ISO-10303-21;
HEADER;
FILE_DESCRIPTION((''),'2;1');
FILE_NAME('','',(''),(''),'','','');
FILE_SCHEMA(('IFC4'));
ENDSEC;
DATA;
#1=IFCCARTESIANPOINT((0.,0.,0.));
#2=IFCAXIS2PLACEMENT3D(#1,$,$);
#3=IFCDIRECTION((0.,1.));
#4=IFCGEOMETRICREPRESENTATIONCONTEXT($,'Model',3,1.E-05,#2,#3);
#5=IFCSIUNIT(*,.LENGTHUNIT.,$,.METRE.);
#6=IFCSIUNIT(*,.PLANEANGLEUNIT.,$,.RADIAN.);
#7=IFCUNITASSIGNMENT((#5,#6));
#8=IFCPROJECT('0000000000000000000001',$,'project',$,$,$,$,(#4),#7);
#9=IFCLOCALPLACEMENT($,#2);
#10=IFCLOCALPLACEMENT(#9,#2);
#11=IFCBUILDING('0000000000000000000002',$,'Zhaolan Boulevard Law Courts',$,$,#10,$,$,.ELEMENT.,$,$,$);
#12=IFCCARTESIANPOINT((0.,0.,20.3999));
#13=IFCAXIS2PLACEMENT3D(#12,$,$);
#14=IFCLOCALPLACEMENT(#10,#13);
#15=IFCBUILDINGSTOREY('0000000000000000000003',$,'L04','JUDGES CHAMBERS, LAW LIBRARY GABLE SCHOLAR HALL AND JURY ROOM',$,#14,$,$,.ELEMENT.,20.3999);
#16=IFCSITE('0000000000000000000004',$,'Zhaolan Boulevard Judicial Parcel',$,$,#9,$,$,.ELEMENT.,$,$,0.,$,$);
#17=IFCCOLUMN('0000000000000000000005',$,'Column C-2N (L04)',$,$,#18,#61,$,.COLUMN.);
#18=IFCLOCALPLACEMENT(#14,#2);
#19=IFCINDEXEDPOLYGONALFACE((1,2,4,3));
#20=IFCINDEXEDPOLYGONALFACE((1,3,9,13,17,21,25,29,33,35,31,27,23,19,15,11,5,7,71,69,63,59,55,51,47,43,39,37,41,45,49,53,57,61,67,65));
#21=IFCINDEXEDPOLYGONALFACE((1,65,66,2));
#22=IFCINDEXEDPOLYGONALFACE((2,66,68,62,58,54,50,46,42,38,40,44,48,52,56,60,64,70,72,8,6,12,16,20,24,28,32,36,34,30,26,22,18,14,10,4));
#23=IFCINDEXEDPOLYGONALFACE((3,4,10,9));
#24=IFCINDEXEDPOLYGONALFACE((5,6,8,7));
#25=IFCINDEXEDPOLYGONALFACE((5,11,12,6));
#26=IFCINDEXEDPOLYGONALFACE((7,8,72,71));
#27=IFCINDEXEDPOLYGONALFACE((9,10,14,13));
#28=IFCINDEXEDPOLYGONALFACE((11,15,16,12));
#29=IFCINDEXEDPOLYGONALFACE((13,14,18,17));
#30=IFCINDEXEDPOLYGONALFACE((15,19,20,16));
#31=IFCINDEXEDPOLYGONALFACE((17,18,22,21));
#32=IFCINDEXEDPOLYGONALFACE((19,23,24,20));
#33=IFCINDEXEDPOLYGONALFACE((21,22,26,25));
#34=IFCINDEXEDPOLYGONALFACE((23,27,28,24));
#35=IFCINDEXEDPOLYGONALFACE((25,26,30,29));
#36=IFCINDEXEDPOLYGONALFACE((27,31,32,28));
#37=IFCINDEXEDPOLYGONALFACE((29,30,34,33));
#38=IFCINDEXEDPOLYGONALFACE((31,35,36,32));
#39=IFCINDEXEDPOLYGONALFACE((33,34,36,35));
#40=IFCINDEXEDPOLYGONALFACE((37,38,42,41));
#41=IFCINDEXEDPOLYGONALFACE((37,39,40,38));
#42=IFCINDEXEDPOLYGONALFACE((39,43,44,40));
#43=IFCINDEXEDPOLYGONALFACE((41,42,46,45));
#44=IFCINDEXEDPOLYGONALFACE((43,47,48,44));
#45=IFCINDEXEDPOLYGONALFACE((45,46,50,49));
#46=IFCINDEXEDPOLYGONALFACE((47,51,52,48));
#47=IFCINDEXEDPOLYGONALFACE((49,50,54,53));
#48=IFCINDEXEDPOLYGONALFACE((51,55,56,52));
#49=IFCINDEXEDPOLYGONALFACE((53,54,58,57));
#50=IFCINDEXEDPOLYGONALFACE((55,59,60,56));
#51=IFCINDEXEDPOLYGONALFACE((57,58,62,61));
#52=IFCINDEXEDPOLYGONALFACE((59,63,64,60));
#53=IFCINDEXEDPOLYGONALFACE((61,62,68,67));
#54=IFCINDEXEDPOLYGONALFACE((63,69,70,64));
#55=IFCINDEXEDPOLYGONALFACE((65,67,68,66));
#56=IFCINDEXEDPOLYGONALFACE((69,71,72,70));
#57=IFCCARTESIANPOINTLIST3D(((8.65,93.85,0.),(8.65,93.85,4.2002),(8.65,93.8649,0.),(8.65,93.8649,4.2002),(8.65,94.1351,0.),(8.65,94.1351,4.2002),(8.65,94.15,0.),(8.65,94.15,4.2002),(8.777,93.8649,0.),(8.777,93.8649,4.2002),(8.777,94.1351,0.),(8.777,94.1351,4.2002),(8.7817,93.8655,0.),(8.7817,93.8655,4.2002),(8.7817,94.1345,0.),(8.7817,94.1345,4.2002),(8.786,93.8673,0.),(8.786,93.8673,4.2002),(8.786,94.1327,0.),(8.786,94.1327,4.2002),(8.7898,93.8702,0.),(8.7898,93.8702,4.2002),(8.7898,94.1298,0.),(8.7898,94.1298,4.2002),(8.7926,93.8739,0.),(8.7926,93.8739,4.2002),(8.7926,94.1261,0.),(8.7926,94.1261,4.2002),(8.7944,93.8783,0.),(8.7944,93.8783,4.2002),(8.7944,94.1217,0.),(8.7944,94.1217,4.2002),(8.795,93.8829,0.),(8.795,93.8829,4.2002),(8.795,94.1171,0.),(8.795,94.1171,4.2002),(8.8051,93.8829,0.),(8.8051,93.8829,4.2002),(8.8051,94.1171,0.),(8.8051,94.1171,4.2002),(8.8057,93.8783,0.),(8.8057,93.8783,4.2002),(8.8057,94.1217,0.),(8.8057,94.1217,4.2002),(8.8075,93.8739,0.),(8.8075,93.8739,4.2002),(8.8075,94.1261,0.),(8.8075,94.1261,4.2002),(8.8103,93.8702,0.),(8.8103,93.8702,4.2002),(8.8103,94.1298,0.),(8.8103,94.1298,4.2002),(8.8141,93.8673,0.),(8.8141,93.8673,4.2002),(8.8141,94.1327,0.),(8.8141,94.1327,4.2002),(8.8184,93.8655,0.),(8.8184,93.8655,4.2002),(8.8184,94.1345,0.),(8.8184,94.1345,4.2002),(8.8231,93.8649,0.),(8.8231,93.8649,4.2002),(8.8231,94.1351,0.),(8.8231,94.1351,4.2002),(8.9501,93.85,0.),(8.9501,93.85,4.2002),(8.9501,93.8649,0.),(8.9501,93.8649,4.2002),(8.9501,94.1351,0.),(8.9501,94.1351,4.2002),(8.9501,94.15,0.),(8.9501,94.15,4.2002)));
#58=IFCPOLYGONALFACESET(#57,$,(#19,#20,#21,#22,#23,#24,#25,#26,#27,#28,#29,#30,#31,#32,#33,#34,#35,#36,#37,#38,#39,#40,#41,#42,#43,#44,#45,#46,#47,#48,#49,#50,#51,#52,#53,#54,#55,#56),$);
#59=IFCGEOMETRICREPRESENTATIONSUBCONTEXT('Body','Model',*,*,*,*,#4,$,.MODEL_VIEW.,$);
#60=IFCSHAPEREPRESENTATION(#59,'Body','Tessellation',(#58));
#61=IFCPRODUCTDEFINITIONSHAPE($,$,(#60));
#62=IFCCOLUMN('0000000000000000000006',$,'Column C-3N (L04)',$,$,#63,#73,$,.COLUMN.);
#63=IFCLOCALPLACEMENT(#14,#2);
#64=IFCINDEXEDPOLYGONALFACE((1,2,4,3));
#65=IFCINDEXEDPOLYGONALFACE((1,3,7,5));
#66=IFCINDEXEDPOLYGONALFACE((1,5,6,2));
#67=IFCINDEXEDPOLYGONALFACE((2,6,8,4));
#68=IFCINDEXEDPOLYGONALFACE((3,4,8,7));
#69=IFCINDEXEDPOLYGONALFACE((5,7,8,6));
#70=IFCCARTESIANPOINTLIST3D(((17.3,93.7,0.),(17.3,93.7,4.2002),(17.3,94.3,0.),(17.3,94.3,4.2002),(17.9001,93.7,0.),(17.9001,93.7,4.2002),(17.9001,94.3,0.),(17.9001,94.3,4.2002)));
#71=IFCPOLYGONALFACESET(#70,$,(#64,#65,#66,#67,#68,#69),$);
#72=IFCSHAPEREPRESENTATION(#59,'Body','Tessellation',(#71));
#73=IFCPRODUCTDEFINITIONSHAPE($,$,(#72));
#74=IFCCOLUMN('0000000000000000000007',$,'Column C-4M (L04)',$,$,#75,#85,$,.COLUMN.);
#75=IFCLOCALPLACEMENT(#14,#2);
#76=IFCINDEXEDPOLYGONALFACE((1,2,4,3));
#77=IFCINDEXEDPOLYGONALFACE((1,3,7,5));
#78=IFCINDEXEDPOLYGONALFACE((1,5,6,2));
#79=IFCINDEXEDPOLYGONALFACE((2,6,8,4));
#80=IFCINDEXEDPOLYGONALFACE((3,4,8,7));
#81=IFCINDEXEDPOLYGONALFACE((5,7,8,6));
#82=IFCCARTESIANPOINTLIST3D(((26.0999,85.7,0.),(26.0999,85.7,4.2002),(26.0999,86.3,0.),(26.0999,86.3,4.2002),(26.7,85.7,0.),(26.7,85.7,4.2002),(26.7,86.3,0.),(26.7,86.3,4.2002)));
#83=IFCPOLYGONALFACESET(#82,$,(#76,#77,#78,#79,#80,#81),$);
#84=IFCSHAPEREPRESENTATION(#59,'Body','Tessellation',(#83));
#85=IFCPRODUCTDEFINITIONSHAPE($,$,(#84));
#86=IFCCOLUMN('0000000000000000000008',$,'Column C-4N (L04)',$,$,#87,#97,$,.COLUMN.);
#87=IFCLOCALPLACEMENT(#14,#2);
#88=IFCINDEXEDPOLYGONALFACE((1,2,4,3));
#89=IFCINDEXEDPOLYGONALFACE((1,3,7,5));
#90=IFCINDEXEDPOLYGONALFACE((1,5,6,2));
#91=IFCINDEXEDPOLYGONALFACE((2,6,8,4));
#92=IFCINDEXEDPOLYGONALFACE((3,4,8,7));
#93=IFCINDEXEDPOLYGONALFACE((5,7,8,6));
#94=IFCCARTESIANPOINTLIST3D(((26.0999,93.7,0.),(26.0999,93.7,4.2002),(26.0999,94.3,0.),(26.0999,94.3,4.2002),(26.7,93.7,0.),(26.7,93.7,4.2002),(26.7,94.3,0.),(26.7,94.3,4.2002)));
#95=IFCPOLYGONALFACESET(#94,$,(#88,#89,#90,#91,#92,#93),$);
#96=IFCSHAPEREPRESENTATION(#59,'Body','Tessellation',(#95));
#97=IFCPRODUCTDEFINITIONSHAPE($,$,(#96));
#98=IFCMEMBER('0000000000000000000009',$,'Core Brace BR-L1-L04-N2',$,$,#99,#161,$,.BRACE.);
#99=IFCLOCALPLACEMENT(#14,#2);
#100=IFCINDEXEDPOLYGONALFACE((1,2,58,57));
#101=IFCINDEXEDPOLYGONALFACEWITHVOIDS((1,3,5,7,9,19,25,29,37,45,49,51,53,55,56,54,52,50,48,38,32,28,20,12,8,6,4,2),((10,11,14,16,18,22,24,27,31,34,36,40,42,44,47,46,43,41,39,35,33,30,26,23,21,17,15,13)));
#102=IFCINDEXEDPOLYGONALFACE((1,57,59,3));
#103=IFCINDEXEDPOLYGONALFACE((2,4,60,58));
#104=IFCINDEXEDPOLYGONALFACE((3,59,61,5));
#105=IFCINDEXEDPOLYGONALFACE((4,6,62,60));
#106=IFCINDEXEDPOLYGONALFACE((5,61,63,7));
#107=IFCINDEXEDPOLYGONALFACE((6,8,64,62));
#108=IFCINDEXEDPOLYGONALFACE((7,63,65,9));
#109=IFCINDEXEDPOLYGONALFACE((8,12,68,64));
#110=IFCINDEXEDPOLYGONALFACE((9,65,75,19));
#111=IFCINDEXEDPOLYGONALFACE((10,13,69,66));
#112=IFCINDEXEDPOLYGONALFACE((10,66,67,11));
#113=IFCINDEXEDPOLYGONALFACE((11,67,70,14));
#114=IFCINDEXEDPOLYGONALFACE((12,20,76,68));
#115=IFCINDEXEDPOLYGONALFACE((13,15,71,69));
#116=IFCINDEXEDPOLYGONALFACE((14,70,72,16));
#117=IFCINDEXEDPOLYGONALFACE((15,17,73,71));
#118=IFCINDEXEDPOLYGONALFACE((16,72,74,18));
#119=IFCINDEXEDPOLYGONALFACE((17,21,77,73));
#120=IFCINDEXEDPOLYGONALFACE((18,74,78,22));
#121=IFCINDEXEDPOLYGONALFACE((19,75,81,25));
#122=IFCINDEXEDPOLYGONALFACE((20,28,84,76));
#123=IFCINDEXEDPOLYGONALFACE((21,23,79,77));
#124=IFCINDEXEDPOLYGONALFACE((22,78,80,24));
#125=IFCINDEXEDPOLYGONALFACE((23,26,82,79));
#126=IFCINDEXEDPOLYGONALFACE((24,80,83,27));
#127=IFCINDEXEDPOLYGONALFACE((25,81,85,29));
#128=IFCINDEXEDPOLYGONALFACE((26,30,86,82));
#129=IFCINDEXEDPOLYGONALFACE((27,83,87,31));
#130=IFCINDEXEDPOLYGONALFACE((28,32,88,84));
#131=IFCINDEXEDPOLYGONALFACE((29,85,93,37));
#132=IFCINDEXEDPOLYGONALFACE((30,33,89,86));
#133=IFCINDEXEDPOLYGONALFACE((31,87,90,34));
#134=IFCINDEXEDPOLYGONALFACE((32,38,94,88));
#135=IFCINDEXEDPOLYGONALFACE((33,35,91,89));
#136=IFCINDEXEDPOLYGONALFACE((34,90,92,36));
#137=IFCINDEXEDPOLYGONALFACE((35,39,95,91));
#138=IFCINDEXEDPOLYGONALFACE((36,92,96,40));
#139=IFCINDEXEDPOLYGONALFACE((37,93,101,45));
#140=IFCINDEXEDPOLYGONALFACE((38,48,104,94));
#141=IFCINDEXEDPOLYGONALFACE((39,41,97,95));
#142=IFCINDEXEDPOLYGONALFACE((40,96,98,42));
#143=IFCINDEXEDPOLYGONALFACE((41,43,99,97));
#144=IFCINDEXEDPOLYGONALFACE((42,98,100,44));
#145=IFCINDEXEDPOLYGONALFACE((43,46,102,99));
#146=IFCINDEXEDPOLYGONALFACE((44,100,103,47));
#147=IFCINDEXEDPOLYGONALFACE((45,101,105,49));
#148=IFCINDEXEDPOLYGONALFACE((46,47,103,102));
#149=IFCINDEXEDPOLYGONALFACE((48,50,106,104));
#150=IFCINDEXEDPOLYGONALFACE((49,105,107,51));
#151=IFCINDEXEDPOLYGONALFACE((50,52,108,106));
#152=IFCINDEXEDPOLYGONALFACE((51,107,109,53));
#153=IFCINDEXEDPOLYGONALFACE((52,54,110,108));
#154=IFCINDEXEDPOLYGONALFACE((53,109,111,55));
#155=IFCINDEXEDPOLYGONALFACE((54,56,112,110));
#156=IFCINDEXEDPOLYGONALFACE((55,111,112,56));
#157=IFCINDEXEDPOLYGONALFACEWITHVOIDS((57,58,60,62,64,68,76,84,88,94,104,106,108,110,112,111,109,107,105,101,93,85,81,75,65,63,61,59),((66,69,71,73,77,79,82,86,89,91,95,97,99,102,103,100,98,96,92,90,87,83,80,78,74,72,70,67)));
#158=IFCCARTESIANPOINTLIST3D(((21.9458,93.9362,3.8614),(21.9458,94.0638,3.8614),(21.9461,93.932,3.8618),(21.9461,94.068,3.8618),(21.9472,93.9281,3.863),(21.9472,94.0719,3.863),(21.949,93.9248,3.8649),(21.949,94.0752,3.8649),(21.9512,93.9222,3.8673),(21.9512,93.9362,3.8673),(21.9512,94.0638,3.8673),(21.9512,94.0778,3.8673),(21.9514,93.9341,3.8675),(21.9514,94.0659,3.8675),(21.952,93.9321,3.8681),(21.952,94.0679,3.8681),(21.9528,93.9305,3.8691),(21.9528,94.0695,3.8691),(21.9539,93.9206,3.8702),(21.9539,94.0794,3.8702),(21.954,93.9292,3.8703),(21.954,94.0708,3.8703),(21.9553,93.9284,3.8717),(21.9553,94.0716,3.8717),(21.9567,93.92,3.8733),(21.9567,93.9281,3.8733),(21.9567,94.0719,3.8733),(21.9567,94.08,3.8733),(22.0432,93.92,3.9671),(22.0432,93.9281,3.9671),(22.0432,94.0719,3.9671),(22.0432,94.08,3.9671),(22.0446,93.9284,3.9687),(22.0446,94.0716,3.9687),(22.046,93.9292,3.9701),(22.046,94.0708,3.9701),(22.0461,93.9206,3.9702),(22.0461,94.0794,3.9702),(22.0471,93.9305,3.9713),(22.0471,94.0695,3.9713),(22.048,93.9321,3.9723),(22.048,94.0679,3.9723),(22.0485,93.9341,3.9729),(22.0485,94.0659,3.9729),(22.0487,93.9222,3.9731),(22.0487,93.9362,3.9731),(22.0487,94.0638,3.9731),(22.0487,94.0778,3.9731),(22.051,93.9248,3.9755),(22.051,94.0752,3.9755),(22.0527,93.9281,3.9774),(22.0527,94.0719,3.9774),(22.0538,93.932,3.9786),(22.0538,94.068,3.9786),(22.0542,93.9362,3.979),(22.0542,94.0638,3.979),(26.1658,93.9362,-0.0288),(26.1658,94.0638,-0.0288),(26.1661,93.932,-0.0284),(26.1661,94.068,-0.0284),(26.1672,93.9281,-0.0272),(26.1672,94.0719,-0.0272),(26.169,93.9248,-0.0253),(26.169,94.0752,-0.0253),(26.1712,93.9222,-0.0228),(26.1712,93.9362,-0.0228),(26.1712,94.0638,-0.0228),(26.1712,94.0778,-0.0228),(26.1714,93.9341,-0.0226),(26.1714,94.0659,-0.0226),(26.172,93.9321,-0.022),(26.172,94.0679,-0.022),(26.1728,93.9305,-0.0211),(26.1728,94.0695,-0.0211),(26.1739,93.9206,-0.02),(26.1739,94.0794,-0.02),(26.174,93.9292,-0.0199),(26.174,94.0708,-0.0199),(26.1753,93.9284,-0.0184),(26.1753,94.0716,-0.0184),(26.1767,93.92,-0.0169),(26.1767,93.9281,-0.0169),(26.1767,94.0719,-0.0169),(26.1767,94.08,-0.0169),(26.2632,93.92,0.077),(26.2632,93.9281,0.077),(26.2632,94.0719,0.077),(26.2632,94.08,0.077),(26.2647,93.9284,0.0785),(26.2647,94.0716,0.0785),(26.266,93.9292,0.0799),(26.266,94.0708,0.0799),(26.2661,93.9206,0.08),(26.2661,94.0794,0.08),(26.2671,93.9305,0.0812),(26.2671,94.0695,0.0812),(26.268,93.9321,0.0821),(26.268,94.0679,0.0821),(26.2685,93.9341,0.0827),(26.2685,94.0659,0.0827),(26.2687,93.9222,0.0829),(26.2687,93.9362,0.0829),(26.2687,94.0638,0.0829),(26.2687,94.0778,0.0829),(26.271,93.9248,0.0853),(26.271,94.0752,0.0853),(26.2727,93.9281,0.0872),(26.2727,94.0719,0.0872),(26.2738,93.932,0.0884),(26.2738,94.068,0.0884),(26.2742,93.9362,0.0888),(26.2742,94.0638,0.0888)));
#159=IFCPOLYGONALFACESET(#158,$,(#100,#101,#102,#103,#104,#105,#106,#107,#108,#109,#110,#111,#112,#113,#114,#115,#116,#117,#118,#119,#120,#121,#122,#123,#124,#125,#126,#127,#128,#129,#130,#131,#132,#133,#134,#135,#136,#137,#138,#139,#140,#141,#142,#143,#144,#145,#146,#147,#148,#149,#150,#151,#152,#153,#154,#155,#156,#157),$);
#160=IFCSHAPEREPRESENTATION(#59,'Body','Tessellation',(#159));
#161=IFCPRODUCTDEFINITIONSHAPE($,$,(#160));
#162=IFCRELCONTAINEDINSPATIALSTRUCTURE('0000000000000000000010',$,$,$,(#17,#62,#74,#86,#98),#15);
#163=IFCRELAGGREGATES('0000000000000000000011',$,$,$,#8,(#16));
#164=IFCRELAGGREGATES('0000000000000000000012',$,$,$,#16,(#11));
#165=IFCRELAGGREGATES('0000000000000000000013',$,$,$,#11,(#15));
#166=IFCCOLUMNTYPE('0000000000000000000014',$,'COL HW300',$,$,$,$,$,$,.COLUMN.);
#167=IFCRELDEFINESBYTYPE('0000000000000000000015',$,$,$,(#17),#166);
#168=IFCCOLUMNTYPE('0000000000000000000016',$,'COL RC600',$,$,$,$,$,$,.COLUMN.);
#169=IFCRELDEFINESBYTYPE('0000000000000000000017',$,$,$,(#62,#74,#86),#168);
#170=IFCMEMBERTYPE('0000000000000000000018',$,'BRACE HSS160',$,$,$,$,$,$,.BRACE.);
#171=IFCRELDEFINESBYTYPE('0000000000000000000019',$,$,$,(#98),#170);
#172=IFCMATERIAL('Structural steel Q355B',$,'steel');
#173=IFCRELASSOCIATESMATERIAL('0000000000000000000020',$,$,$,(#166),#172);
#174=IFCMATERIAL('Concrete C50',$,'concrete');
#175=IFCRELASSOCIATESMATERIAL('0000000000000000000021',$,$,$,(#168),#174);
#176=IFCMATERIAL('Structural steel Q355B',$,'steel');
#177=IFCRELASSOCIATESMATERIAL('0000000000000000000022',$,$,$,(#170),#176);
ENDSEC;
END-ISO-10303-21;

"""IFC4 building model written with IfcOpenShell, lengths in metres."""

from ifc_helpers import new_model, si_unit, direction, frame, origin, origin_2d, place, context, subcontext, project, spatial, rectangle, hollow_rectangle, i_section, extrude, material, material_profile, profile_set, type_object, element, save


model = new_model("IFC4")

# Units and contexts
model_context = context("Model", 3, precision=1e-05, world=origin(), true_north=direction((0.0, 1.0)))
body_context = subcontext(model_context, "Body", "Model", "MODEL_VIEW")
ifc_project = project(units=[si_unit("LENGTHUNIT", "METRE"), si_unit("PLANEANGLEUNIT", "RADIAN")], contexts=[model_context])

# Site, building, storey
site_placement = place(None, origin())
site = spatial("IfcSite", under=ifc_project, at=site_placement, Name="Zhaolan Boulevard Judicial Parcel", CompositionType="ELEMENT", RefElevation=0.0)
building_placement = place(site_placement, origin())
building = spatial("IfcBuilding", under=site, at=building_placement, Name="Zhaolan Boulevard Law Courts", CompositionType="ELEMENT")
storey_placement = place(building_placement, frame((0.0, 0.0, 20.3999)))
storey = spatial("IfcBuildingStorey", under=building, at=storey_placement, Name="L04", Description="JUDGES CHAMBERS, LAW LIBRARY GABLE SCHOLAR HALL AND JURY ROOM", CompositionType="ELEMENT", Elevation=20.3999)

# Columns
ifc_material_1 = material(Name="Structural steel Q355B", Category="steel")
ifc_material_profile_1 = material_profile(ifc_material_1, i_section(OverallWidth=0.3, OverallDepth=0.3, WebThickness=0.01, FlangeThickness=0.0149, FilletRadius=0.0181, at=origin_2d()), Name="HW300x300")
ifc_profile_set_1 = profile_set([ifc_material_profile_1], Name="Structural steel Q355B")
column_type_1 = type_object("IfcColumnType", Name="COL HW300", PredefinedType="COLUMN", material=ifc_profile_set_1)
column_placement = place(storey_placement, frame((8.8, 94.0, 0.0), z_axis=(0.0, 0.0, 1.0), x_axis=(1.0, 0.0, 0.0)))
element("IfcColumn", 1, at=column_placement, inside=storey, type_object=column_type_1, Name="Column C-2N (L04)", PredefinedType="COLUMN", context=body_context, shape_type="SweptSolid", body=[
    extrude(i_section(OverallWidth=0.3, OverallDepth=0.3, WebThickness=0.01, FlangeThickness=0.0149, FilletRadius=0.0181, at=origin_2d()), origin(), (0.0, 0.0, 1.0), 4.2002),
])
ifc_material_2 = material(Name="Concrete C50", Category="concrete")
ifc_material_profile_2 = material_profile(ifc_material_2, rectangle(XDim=0.6001, YDim=0.6001, at=origin_2d()), Name="RC600x600")
ifc_profile_set_2 = profile_set([ifc_material_profile_2], Name="Concrete C50")
column_type_2 = type_object("IfcColumnType", Name="COL RC600", PredefinedType="COLUMN", material=ifc_profile_set_2)
for number, where, z_axis, x_axis, name in (
    (2, (17.6001, 94.0, 0.0), (0.0, 0.0, 1.0), (1.0, 0.0, 0.0), "Column C-3N (L04)"),
    (3, (26.3999, 86.0, 0.0), (0.0, 0.0, 1.0), (1.0, 0.0, 0.0), "Column C-4M (L04)"),
    (4, (26.3999, 94.0, 0.0), (0.0, 0.0, 1.0), (1.0, 0.0, 0.0), "Column C-4N (L04)"),
):
    element("IfcColumn", number, at=place(storey_placement, frame(where, z_axis=z_axis, x_axis=x_axis)), inside=storey, type_object=column_type_2, Name=name, PredefinedType="COLUMN", context=body_context, shape_type="SweptSolid", body=[
        extrude(rectangle(XDim=0.6001, YDim=0.6001, at=origin_2d()), origin(), (0.0, 0.0, 1.0), 4.2002),
    ])

# Member
ifc_material_3 = material(Name="Structural steel Q355B", Category="steel")
ifc_material_profile_3 = material_profile(ifc_material_3, hollow_rectangle(XDim=0.1599, YDim=0.1599, WallThickness=0.0081, InnerFilletRadius=0.0081, OuterFilletRadius=0.0161, at=origin_2d()), Name="HSS160x160x8")
ifc_profile_set_3 = profile_set([ifc_material_profile_3], Name="Structural steel Q355B")
member_type_1 = type_object("IfcMemberType", Name="BRACE HSS160", PredefinedType="BRACE", material=ifc_profile_set_3)
member_1_placement = place(storey_placement, frame((26.22, 94.0, 0.03), z_axis=(-0.735257, 0.0, 0.677789), x_axis=(0.0, -1.0, 0.0)))
element("IfcMember", 5, at=member_1_placement, inside=storey, type_object=member_type_1, Name="Core Brace BR-L1-L04-N2", PredefinedType="BRACE", context=body_context, shape_type="SweptSolid", body=[
    extrude(hollow_rectangle(XDim=0.1599, YDim=0.1599, WallThickness=0.0081, InnerFilletRadius=0.0081, OuterFilletRadius=0.0161, at=origin_2d()), origin(), (0.0, 0.0, 1.0), 5.7395),
])

save(model, "model.ifc")
